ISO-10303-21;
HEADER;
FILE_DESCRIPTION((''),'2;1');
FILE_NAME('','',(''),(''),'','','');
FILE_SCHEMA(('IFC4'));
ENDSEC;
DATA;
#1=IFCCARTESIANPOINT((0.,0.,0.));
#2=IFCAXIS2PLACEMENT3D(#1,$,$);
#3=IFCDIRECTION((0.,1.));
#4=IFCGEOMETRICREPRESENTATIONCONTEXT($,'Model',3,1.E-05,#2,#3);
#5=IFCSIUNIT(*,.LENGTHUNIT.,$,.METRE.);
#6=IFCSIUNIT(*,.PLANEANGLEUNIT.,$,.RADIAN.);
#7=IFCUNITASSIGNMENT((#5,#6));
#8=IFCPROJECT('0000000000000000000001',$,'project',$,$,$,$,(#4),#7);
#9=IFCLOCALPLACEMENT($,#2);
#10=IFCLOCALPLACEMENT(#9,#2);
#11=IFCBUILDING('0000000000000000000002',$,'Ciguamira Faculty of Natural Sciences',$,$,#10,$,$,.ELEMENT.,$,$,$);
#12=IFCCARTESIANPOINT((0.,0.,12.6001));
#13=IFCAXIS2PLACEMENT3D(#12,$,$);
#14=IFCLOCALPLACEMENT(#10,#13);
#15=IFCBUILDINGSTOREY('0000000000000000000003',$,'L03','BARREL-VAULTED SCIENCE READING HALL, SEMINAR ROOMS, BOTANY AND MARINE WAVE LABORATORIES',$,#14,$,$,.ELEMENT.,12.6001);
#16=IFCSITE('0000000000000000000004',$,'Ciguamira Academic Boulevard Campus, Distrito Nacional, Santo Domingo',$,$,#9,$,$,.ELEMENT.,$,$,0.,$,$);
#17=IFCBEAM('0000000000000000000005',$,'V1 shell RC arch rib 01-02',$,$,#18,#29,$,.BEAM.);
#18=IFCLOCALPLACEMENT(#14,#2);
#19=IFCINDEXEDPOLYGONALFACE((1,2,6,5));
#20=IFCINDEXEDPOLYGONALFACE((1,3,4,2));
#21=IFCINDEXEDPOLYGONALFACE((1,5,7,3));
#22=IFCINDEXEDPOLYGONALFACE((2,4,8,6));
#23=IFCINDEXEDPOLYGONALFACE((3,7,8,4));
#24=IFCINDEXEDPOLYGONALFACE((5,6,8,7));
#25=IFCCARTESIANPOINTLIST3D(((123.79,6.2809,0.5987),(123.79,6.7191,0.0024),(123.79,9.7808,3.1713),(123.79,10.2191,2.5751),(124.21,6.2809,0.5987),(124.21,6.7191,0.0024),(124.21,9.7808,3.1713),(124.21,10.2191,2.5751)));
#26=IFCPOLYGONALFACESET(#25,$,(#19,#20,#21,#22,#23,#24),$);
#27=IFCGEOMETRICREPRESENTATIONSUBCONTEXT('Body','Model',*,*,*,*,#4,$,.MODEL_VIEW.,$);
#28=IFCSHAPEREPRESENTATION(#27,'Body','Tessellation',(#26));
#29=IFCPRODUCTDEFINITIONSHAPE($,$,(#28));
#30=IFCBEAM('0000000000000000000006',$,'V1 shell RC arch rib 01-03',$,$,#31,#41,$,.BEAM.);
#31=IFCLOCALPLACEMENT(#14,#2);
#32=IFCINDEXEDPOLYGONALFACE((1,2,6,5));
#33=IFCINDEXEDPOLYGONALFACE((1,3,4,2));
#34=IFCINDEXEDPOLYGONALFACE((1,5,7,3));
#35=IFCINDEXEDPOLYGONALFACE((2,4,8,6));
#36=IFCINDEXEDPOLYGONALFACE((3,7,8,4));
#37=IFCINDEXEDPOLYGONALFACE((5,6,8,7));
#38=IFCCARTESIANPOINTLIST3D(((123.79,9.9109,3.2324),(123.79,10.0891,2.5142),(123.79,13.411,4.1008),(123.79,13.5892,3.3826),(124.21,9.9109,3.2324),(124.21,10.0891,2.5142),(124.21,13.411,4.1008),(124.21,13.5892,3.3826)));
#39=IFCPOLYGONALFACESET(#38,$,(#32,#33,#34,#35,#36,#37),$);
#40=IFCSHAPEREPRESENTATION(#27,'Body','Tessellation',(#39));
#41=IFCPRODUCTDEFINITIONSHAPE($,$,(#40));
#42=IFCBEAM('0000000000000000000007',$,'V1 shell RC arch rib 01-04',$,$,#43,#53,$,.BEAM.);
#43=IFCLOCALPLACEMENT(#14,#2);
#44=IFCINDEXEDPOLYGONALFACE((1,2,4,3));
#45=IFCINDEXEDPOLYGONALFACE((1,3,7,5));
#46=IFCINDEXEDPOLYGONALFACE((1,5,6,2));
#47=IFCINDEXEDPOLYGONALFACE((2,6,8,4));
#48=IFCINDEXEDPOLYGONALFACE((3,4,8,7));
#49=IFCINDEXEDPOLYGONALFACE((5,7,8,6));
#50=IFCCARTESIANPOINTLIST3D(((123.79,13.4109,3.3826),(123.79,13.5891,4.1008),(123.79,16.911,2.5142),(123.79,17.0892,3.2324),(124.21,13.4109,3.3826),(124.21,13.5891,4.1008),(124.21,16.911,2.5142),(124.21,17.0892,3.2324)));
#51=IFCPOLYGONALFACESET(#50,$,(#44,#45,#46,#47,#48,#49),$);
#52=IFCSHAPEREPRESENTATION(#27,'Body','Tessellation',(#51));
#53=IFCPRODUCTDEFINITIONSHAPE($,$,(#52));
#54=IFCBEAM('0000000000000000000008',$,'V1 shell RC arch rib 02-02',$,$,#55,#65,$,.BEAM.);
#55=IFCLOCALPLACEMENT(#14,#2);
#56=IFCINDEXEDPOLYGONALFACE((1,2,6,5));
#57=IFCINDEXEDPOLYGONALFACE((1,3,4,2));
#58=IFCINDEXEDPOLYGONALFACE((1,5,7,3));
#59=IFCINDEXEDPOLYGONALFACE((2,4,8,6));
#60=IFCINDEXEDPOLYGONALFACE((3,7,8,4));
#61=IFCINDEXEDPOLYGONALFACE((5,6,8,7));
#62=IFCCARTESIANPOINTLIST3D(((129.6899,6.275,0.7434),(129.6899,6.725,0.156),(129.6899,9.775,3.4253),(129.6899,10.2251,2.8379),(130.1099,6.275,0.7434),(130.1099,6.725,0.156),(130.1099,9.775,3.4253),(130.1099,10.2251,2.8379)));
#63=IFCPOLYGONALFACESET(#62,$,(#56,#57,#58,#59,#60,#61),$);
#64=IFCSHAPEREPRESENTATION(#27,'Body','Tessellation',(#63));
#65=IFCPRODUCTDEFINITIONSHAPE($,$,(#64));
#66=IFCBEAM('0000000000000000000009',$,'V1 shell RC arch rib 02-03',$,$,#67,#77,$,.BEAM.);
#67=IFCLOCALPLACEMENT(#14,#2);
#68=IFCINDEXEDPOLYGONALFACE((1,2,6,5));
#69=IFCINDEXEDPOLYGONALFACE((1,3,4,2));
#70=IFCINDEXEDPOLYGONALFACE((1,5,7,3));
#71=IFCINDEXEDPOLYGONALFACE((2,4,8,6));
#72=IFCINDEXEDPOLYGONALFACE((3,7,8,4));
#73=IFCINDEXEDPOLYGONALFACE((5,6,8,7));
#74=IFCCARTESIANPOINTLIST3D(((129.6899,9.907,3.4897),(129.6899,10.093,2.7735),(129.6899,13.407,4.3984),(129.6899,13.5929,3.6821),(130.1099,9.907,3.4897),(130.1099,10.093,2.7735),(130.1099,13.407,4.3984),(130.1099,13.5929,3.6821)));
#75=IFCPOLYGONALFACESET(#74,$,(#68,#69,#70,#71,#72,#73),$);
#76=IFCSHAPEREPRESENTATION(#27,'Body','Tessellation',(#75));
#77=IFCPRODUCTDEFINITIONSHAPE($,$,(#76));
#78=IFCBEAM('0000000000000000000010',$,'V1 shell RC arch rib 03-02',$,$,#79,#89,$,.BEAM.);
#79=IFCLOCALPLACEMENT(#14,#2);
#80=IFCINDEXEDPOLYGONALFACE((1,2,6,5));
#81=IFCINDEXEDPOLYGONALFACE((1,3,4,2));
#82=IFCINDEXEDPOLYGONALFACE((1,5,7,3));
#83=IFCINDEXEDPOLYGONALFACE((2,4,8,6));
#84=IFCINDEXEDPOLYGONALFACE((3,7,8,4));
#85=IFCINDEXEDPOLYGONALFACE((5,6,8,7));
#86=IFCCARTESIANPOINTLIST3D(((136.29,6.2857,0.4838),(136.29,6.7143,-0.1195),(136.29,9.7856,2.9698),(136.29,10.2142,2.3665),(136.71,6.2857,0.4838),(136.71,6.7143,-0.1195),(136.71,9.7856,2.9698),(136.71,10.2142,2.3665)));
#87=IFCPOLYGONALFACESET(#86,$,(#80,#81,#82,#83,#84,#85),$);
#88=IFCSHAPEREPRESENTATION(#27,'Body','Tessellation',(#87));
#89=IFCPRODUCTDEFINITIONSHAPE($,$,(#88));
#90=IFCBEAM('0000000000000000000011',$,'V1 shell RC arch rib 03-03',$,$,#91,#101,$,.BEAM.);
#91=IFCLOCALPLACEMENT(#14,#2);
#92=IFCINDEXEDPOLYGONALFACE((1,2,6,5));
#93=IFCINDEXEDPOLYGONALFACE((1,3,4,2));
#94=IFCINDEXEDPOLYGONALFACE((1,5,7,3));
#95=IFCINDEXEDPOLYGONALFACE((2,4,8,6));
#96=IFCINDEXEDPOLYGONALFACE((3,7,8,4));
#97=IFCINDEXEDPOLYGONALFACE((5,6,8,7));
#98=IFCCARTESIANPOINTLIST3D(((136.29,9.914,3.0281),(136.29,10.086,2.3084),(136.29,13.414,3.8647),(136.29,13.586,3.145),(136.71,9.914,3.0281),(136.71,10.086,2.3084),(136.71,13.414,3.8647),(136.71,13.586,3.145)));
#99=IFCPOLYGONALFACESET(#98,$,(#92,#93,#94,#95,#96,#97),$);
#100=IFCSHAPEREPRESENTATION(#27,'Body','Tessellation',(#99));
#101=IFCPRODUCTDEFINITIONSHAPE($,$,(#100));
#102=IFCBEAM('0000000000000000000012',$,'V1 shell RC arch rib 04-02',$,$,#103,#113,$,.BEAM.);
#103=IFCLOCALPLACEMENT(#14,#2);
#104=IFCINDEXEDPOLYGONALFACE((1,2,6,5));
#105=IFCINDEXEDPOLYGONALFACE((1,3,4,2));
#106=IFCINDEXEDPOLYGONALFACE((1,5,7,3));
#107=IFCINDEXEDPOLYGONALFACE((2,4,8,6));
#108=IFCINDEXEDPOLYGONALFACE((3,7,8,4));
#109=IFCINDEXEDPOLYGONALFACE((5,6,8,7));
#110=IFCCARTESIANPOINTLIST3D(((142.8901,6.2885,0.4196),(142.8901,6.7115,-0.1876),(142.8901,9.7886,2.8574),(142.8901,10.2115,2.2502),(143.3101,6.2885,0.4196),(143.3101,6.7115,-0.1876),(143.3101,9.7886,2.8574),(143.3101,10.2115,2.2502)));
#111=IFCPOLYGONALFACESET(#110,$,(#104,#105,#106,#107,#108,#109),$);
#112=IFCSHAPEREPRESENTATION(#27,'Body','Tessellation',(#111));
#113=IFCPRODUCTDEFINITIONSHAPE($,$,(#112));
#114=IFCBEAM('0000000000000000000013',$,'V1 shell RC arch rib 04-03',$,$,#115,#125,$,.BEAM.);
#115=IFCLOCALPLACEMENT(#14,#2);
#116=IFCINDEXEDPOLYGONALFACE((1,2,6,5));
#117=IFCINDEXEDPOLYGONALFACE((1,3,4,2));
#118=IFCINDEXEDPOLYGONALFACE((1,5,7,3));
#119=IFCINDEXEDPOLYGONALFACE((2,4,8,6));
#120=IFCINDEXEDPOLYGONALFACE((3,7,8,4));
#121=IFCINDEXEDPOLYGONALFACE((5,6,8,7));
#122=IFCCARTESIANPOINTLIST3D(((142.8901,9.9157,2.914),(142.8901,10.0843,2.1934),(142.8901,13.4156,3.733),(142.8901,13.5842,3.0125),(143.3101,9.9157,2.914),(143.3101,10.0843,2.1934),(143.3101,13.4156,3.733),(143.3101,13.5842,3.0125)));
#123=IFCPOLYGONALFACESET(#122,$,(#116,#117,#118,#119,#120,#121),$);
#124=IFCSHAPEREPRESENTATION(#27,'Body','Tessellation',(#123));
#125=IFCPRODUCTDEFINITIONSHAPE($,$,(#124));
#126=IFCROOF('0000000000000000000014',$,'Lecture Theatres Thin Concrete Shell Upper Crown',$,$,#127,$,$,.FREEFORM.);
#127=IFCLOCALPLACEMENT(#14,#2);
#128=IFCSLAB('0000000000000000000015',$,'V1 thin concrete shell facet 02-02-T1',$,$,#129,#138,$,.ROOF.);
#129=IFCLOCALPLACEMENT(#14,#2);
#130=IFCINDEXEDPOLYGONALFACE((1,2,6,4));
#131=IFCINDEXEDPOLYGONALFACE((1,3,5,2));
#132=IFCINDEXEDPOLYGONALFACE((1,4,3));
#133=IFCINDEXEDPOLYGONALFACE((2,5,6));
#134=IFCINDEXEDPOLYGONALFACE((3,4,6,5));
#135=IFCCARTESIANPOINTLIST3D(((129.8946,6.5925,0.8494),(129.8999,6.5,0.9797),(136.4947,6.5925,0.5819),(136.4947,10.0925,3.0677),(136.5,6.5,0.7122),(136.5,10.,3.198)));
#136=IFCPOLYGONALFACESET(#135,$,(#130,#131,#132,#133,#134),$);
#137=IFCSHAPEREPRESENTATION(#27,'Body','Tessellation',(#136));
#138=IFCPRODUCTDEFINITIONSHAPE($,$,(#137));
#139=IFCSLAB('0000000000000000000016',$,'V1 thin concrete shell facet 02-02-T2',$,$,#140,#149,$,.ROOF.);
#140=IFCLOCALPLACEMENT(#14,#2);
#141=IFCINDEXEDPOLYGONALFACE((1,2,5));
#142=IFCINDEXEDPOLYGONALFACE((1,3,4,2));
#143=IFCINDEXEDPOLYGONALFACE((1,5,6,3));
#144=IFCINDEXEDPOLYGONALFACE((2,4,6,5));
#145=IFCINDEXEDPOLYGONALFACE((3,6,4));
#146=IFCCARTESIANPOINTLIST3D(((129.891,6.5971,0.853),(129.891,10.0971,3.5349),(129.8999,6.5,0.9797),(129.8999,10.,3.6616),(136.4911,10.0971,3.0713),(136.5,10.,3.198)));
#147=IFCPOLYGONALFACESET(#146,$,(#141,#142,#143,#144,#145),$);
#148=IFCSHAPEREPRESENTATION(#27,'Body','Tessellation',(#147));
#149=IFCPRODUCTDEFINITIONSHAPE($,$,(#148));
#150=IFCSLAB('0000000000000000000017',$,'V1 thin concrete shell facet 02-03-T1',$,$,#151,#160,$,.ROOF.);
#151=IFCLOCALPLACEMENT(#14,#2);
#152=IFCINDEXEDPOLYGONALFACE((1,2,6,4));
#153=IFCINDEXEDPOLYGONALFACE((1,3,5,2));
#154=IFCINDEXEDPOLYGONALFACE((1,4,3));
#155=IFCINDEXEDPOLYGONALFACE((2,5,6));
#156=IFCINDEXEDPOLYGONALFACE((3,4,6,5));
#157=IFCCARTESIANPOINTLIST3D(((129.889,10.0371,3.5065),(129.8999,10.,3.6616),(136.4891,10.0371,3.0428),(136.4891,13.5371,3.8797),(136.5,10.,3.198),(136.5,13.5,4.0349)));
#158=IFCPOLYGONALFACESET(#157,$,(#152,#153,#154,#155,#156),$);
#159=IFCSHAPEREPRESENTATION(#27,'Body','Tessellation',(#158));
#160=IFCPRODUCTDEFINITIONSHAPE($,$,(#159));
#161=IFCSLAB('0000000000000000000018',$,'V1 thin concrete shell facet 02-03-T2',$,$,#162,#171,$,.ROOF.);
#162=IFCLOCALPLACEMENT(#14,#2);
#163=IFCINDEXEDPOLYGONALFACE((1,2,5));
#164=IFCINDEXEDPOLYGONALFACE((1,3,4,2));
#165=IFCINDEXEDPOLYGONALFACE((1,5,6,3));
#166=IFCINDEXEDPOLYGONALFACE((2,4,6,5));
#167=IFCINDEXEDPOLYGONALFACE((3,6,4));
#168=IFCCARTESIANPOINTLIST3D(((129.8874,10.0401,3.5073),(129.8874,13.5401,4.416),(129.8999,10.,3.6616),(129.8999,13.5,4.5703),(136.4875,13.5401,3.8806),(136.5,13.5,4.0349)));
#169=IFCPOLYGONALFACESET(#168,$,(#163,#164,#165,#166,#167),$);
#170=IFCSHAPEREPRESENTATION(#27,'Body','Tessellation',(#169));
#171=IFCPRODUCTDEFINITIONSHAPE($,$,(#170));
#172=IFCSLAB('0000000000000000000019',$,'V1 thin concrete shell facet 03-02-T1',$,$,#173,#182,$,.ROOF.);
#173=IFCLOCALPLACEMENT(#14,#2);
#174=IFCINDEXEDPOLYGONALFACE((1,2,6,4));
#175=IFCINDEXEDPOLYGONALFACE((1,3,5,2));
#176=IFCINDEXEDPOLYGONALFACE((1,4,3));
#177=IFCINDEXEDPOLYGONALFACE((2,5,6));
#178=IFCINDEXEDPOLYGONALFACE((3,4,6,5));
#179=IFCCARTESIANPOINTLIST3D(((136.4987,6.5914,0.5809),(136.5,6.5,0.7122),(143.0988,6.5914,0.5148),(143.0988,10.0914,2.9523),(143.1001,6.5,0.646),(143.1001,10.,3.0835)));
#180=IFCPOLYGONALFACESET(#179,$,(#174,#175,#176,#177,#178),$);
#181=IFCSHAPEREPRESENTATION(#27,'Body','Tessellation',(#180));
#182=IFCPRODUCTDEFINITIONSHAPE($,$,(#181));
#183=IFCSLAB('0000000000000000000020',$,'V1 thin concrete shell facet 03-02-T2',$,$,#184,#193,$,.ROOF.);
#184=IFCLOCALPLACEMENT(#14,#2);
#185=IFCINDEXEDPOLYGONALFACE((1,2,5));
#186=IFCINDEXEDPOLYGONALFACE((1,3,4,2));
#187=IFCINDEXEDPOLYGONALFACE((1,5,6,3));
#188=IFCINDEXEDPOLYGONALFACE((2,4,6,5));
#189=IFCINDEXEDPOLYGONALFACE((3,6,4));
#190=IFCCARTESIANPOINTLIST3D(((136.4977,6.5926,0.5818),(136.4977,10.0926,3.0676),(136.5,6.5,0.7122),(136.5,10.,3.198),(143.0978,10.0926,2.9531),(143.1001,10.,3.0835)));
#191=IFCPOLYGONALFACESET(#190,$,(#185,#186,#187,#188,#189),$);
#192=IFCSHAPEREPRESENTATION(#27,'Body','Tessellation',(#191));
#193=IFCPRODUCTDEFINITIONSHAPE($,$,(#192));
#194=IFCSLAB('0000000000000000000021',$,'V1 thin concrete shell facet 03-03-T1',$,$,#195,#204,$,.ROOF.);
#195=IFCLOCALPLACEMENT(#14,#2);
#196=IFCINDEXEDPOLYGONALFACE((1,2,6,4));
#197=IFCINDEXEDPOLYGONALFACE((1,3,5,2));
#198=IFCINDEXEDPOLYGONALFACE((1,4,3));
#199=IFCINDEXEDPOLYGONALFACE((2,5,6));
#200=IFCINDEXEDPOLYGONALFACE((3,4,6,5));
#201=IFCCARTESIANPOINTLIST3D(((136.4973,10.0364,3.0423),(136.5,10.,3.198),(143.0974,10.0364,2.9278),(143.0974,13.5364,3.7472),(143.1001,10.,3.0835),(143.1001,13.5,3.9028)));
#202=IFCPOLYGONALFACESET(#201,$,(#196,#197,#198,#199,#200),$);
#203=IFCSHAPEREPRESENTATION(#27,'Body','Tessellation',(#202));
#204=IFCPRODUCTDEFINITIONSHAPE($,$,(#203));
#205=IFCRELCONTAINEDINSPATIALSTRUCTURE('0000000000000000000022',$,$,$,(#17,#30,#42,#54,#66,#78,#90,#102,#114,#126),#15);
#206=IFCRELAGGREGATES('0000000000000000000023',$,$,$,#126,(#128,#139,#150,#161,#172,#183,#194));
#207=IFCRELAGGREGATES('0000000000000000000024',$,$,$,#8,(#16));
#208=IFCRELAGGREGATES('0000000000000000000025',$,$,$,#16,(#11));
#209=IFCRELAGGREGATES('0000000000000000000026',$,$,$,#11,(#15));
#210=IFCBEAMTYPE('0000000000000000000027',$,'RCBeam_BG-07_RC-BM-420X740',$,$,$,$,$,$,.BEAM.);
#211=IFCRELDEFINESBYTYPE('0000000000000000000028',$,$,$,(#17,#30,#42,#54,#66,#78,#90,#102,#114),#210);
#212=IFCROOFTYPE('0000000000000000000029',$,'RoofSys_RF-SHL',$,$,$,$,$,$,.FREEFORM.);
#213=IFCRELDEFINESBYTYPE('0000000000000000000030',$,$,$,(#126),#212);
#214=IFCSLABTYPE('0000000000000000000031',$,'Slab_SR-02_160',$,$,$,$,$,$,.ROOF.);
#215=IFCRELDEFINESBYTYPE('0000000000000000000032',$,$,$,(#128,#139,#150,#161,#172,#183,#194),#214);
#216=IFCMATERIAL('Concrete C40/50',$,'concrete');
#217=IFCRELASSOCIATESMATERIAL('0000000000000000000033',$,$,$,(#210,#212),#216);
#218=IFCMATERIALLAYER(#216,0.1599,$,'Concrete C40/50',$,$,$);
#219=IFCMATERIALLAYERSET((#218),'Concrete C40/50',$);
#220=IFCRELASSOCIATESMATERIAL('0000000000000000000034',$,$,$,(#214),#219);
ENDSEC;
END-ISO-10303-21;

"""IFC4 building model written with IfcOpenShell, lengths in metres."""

from ifc_helpers import new_model, si_unit, direction, frame, origin, origin_2d, place, context, subcontext, project, spatial, polyline, rectangle, outline, extrude, material, layer, layer_set, material_profile, profile_set, type_object, element, aggregate, save


model = new_model("IFC4")

# Units and contexts
model_context = context("Model", 3, precision=1e-05, world=origin(), true_north=direction((0.0, 1.0)))
body_context = subcontext(model_context, "Body", "Model", "MODEL_VIEW")
ifc_project = project(units=[si_unit("LENGTHUNIT", "METRE"), si_unit("PLANEANGLEUNIT", "RADIAN")], contexts=[model_context])

# Site, building, storey
site_placement = place(None, origin())
site = spatial("IfcSite", under=ifc_project, at=site_placement, Name="Ciguamira Academic Boulevard Campus, Distrito Nacional, Santo Domingo", CompositionType="ELEMENT", RefElevation=0.0)
building_placement = place(site_placement, origin())
building = spatial("IfcBuilding", under=site, at=building_placement, Name="Ciguamira Faculty of Natural Sciences", CompositionType="ELEMENT")
storey_placement = place(building_placement, frame((0.0, 0.0, 12.6001)))
storey = spatial("IfcBuildingStorey", under=building, at=storey_placement, Name="L03", Description="BARREL-VAULTED SCIENCE READING HALL, SEMINAR ROOMS, BOTANY AND MARINE WAVE LABORATORIES", CompositionType="ELEMENT", Elevation=12.6001)

# Beams
ifc_material = material(Name="Concrete C40/50", Category="concrete")
ifc_material_profile = material_profile(ifc_material, rectangle(XDim=0.4199, YDim=0.74, at=origin_2d()), Name="RC-BM-420X740")
ifc_profile_set = profile_set([ifc_material_profile], Name="Concrete C40/50")
beam_type = type_object("IfcBeamType", Name="RCBeam_BG-07_RC-BM-420X740", PredefinedType="BEAM", material=ifc_profile_set)
beam_1_placement = place(storey_placement, frame((124.0, 6.5, 0.3005), z_axis=(0.0, 0.805736, 0.592275), x_axis=(-1.0, 0.0, 0.0)))
element("IfcBeam", 1, at=beam_1_placement, inside=storey, type_object=beam_type, Name="V1 shell RC arch rib 01-02", PredefinedType="BEAM", context=body_context, shape_type="SweptSolid", body=[
    extrude(rectangle(XDim=0.4199, YDim=0.74, at=origin_2d()), origin(), (0.0, 0.0, 1.0), 4.3438),
])
for number, where, z_axis, x_axis, name in (
    (2, (124.0, 10.0, 2.8733), (0.0, 0.970571, 0.240815), (-1.0, 0.0, 0.0), "V1 shell RC arch rib 01-03"),
    (3, (124.0, 13.5, 3.7417), (0.0, 0.970571, -0.240815), (-1.0, 0.0, 0.0), "V1 shell RC arch rib 01-04"),
):
    element("IfcBeam", number, at=place(storey_placement, frame(where, z_axis=z_axis, x_axis=x_axis)), inside=storey, type_object=beam_type, Name=name, PredefinedType="BEAM", context=body_context, shape_type="SweptSolid", body=[
        extrude(rectangle(XDim=0.4199, YDim=0.74, at=origin_2d()), origin(), (0.0, 0.0, 1.0), 3.6062),
    ])
beam_2_placement = place(storey_placement, frame((129.8999, 6.5, 0.4497), z_axis=(0.0, 0.793765, 0.608225), x_axis=(-1.0, 0.0, 0.0)))
element("IfcBeam", 4, at=beam_2_placement, inside=storey, type_object=beam_type, Name="V1 shell RC arch rib 02-02", PredefinedType="BEAM", context=body_context, shape_type="SweptSolid", body=[
    extrude(rectangle(XDim=0.4199, YDim=0.74, at=origin_2d()), origin(), (0.0, 0.0, 1.0), 4.4094),
])
beam_3_placement = place(storey_placement, frame((129.8999, 10.0, 3.1316), z_axis=(0.0, 0.967911, 0.251295), x_axis=(-1.0, 0.0, 0.0)))
element("IfcBeam", 5, at=beam_3_placement, inside=storey, type_object=beam_type, Name="V1 shell RC arch rib 02-03", PredefinedType="BEAM", context=body_context, shape_type="SweptSolid", body=[
    extrude(rectangle(XDim=0.4199, YDim=0.74, at=origin_2d()), origin(), (0.0, 0.0, 1.0), 3.616),
])
beam_4_placement = place(storey_placement, frame((136.5, 6.5, 0.1821), z_axis=(0.0, 0.815264, 0.57909), x_axis=(-1.0, 0.0, 0.0)))
element("IfcBeam", 6, at=beam_4_placement, inside=storey, type_object=beam_type, Name="V1 shell RC arch rib 03-02", PredefinedType="BEAM", context=body_context, shape_type="SweptSolid", body=[
    extrude(rectangle(XDim=0.4199, YDim=0.74, at=origin_2d()), origin(), (0.0, 0.0, 1.0), 4.293),
])
beam_5_placement = place(storey_placement, frame((136.5, 10.0, 2.6682), z_axis=(0.0, 0.972597, 0.232498), x_axis=(-1.0, 0.0, 0.0)))
element("IfcBeam", 7, at=beam_5_placement, inside=storey, type_object=beam_type, Name="V1 shell RC arch rib 03-03", PredefinedType="BEAM", context=body_context, shape_type="SweptSolid", body=[
    extrude(rectangle(XDim=0.4199, YDim=0.74, at=origin_2d()), origin(), (0.0, 0.0, 1.0), 3.5986),
])
beam_6_placement = place(storey_placement, frame((143.1001, 6.5, 0.116), z_axis=(0.0, 0.82058, 0.571532), x_axis=(-1.0, 0.0, 0.0)))
element("IfcBeam", 8, at=beam_6_placement, inside=storey, type_object=beam_type, Name="V1 shell RC arch rib 04-02", PredefinedType="BEAM", context=body_context, shape_type="SweptSolid", body=[
    extrude(rectangle(XDim=0.4199, YDim=0.74, at=origin_2d()), origin(), (0.0, 0.0, 1.0), 4.2654),
])
beam_7_placement = place(storey_placement, frame((143.1001, 10.0, 2.5537), z_axis=(0.0, 0.973692, 0.227869), x_axis=(-1.0, 0.0, 0.0)))
element("IfcBeam", 9, at=beam_7_placement, inside=storey, type_object=beam_type, Name="V1 shell RC arch rib 04-03", PredefinedType="BEAM", context=body_context, shape_type="SweptSolid", body=[
    extrude(rectangle(XDim=0.4199, YDim=0.74, at=origin_2d()), origin(), (0.0, 0.0, 1.0), 3.5945),
])

# Roof, slabs
roof_type = type_object("IfcRoofType", Name="RoofSys_RF-SHL", PredefinedType="FREEFORM", material=ifc_material)
roof_placement = place(storey_placement, origin())
roof = element("IfcRoof", 10, at=roof_placement, inside=storey, type_object=roof_type, Name="Lecture Theatres Thin Concrete Shell Upper Crown", PredefinedType="FREEFORM")
ifc_layer = layer(ifc_material, 0.1599, Name="Concrete C40/50")
ifc_layer_set = layer_set([ifc_layer], Name="Concrete C40/50")
slab_type = type_object("IfcSlabType", Name="Slab_SR-02_160", PredefinedType="ROOF", material=ifc_layer_set)
slab_1_placement = place(storey_placement, frame((129.8999, 6.5, 0.9797), z_axis=(0.033035, -0.578736, 0.814846), x_axis=(0.999179, 0.0, -0.040508)))
slab_1 = element("IfcSlab", 11, at=slab_1_placement, type_object=slab_type, Name="V1 thin concrete shell facet 02-02-T1", PredefinedType="ROOF", context=body_context, shape_type="SweptSolid", body=[
    extrude(outline(polyline([(0.0, 0.0), (6.6055, 0.0), (6.5048, 4.2918), (0.0, 0.0)])), origin(), (0.0, 0.0, -1.0), 0.1599),
])
slab_2_placement = place(storey_placement, frame((129.8999, 6.5, 0.9797), z_axis=(0.055671, -0.607281, 0.792534), x_axis=(0.846919, 0.449117, 0.284645)))
slab_2 = element("IfcSlab", 12, at=slab_2_placement, type_object=slab_type, Name="V1 thin concrete shell facet 02-02-T2", PredefinedType="ROOF", context=body_context, shape_type="SweptSolid", body=[
    extrude(outline(polyline([(0.0, 0.0), (7.7931, 0.0), (2.3353, 3.7402), (0.0, 0.0)])), origin(), (0.0, 0.0, -1.0), 0.1599),
])
slab_3_placement = place(storey_placement, frame((129.8999, 10.0, 3.6616), z_axis=(0.06816, -0.232021, 0.97032), x_axis=(0.997542, 0.0, -0.070072)))
slab_3 = element("IfcSlab", 13, at=slab_3_placement, type_object=slab_type, Name="V1 thin concrete shell facet 02-03-T1", PredefinedType="ROOF", context=body_context, shape_type="SweptSolid", body=[
    extrude(outline(polyline([(0.0, 0.0), (6.6164, 0.0), (6.5577, 3.5982), (0.0, 0.0)])), origin(), (0.0, 0.0, -1.0), 0.1599),
])
slab_4_placement = place(storey_placement, frame((129.8999, 10.0, 3.6616), z_axis=(0.078276, -0.250524, 0.964941), x_axis=(0.882364, 0.467913, 0.049905)))
slab_4 = element("IfcSlab", 14, at=slab_4_placement, type_object=slab_type, Name="V1 thin concrete shell facet 02-03-T2", PredefinedType="ROOF", context=body_context, shape_type="SweptSolid", body=[
    extrude(outline(polyline([(0.0, 0.0), (7.48, 0.0), (1.683, 3.2005), (0.0, 0.0)])), origin(), (0.0, 0.0, -1.0), 0.1599),
])
slab_5_placement = place(storey_placement, frame((136.5, 6.5, 0.7122), z_axis=(0.008226, -0.571474, 0.820579), x_axis=(0.99995, 0.0, -0.010024)))
slab_5 = element("IfcSlab", 15, at=slab_5_placement, type_object=slab_type, Name="V1 thin concrete shell facet 03-02-T1", PredefinedType="ROOF", context=body_context, shape_type="SweptSolid", body=[
    extrude(outline(polyline([(0.0, 0.0), (6.6004, 0.0), (6.576, 4.2651), (0.0, 0.0)])), origin(), (0.0, 0.0, -1.0), 0.1599),
])
slab_6_placement = place(storey_placement, frame((136.5, 6.5, 0.7122), z_axis=(0.014143, -0.578994, 0.815209), x_axis=(0.842062, 0.446541, 0.302543)))
slab_6 = element("IfcSlab", 16, at=slab_6_placement, type_object=slab_type, Name="V1 thin concrete shell facet 03-02-T2", PredefinedType="ROOF", context=body_context, shape_type="SweptSolid", body=[
    extrude(outline(polyline([(0.0, 0.0), (7.838, 0.0), (2.315, 3.6153), (0.0, 0.0)])), origin(), (0.0, 0.0, -1.0), 0.1599),
])
slab_7_placement = place(storey_placement, frame((136.5, 10.0, 3.198), z_axis=(0.016889, -0.227901, 0.973538), x_axis=(0.99985, 0.0, -0.017346)))
slab_7 = element("IfcSlab", 17, at=slab_7_placement, type_object=slab_type, Name="V1 thin concrete shell facet 03-03-T1", PredefinedType="ROOF", context=body_context, shape_type="SweptSolid", body=[
    extrude(outline(polyline([(0.0, 0.0), (6.6011, 0.0), (6.5869, 3.5946), (0.0, 0.0)])), origin(), (0.0, 0.0, -1.0), 0.1599),
])
aggregate(roof, [slab_1, slab_2, slab_3, slab_4, slab_5, slab_6, slab_7])

save(model, "model.ifc")
